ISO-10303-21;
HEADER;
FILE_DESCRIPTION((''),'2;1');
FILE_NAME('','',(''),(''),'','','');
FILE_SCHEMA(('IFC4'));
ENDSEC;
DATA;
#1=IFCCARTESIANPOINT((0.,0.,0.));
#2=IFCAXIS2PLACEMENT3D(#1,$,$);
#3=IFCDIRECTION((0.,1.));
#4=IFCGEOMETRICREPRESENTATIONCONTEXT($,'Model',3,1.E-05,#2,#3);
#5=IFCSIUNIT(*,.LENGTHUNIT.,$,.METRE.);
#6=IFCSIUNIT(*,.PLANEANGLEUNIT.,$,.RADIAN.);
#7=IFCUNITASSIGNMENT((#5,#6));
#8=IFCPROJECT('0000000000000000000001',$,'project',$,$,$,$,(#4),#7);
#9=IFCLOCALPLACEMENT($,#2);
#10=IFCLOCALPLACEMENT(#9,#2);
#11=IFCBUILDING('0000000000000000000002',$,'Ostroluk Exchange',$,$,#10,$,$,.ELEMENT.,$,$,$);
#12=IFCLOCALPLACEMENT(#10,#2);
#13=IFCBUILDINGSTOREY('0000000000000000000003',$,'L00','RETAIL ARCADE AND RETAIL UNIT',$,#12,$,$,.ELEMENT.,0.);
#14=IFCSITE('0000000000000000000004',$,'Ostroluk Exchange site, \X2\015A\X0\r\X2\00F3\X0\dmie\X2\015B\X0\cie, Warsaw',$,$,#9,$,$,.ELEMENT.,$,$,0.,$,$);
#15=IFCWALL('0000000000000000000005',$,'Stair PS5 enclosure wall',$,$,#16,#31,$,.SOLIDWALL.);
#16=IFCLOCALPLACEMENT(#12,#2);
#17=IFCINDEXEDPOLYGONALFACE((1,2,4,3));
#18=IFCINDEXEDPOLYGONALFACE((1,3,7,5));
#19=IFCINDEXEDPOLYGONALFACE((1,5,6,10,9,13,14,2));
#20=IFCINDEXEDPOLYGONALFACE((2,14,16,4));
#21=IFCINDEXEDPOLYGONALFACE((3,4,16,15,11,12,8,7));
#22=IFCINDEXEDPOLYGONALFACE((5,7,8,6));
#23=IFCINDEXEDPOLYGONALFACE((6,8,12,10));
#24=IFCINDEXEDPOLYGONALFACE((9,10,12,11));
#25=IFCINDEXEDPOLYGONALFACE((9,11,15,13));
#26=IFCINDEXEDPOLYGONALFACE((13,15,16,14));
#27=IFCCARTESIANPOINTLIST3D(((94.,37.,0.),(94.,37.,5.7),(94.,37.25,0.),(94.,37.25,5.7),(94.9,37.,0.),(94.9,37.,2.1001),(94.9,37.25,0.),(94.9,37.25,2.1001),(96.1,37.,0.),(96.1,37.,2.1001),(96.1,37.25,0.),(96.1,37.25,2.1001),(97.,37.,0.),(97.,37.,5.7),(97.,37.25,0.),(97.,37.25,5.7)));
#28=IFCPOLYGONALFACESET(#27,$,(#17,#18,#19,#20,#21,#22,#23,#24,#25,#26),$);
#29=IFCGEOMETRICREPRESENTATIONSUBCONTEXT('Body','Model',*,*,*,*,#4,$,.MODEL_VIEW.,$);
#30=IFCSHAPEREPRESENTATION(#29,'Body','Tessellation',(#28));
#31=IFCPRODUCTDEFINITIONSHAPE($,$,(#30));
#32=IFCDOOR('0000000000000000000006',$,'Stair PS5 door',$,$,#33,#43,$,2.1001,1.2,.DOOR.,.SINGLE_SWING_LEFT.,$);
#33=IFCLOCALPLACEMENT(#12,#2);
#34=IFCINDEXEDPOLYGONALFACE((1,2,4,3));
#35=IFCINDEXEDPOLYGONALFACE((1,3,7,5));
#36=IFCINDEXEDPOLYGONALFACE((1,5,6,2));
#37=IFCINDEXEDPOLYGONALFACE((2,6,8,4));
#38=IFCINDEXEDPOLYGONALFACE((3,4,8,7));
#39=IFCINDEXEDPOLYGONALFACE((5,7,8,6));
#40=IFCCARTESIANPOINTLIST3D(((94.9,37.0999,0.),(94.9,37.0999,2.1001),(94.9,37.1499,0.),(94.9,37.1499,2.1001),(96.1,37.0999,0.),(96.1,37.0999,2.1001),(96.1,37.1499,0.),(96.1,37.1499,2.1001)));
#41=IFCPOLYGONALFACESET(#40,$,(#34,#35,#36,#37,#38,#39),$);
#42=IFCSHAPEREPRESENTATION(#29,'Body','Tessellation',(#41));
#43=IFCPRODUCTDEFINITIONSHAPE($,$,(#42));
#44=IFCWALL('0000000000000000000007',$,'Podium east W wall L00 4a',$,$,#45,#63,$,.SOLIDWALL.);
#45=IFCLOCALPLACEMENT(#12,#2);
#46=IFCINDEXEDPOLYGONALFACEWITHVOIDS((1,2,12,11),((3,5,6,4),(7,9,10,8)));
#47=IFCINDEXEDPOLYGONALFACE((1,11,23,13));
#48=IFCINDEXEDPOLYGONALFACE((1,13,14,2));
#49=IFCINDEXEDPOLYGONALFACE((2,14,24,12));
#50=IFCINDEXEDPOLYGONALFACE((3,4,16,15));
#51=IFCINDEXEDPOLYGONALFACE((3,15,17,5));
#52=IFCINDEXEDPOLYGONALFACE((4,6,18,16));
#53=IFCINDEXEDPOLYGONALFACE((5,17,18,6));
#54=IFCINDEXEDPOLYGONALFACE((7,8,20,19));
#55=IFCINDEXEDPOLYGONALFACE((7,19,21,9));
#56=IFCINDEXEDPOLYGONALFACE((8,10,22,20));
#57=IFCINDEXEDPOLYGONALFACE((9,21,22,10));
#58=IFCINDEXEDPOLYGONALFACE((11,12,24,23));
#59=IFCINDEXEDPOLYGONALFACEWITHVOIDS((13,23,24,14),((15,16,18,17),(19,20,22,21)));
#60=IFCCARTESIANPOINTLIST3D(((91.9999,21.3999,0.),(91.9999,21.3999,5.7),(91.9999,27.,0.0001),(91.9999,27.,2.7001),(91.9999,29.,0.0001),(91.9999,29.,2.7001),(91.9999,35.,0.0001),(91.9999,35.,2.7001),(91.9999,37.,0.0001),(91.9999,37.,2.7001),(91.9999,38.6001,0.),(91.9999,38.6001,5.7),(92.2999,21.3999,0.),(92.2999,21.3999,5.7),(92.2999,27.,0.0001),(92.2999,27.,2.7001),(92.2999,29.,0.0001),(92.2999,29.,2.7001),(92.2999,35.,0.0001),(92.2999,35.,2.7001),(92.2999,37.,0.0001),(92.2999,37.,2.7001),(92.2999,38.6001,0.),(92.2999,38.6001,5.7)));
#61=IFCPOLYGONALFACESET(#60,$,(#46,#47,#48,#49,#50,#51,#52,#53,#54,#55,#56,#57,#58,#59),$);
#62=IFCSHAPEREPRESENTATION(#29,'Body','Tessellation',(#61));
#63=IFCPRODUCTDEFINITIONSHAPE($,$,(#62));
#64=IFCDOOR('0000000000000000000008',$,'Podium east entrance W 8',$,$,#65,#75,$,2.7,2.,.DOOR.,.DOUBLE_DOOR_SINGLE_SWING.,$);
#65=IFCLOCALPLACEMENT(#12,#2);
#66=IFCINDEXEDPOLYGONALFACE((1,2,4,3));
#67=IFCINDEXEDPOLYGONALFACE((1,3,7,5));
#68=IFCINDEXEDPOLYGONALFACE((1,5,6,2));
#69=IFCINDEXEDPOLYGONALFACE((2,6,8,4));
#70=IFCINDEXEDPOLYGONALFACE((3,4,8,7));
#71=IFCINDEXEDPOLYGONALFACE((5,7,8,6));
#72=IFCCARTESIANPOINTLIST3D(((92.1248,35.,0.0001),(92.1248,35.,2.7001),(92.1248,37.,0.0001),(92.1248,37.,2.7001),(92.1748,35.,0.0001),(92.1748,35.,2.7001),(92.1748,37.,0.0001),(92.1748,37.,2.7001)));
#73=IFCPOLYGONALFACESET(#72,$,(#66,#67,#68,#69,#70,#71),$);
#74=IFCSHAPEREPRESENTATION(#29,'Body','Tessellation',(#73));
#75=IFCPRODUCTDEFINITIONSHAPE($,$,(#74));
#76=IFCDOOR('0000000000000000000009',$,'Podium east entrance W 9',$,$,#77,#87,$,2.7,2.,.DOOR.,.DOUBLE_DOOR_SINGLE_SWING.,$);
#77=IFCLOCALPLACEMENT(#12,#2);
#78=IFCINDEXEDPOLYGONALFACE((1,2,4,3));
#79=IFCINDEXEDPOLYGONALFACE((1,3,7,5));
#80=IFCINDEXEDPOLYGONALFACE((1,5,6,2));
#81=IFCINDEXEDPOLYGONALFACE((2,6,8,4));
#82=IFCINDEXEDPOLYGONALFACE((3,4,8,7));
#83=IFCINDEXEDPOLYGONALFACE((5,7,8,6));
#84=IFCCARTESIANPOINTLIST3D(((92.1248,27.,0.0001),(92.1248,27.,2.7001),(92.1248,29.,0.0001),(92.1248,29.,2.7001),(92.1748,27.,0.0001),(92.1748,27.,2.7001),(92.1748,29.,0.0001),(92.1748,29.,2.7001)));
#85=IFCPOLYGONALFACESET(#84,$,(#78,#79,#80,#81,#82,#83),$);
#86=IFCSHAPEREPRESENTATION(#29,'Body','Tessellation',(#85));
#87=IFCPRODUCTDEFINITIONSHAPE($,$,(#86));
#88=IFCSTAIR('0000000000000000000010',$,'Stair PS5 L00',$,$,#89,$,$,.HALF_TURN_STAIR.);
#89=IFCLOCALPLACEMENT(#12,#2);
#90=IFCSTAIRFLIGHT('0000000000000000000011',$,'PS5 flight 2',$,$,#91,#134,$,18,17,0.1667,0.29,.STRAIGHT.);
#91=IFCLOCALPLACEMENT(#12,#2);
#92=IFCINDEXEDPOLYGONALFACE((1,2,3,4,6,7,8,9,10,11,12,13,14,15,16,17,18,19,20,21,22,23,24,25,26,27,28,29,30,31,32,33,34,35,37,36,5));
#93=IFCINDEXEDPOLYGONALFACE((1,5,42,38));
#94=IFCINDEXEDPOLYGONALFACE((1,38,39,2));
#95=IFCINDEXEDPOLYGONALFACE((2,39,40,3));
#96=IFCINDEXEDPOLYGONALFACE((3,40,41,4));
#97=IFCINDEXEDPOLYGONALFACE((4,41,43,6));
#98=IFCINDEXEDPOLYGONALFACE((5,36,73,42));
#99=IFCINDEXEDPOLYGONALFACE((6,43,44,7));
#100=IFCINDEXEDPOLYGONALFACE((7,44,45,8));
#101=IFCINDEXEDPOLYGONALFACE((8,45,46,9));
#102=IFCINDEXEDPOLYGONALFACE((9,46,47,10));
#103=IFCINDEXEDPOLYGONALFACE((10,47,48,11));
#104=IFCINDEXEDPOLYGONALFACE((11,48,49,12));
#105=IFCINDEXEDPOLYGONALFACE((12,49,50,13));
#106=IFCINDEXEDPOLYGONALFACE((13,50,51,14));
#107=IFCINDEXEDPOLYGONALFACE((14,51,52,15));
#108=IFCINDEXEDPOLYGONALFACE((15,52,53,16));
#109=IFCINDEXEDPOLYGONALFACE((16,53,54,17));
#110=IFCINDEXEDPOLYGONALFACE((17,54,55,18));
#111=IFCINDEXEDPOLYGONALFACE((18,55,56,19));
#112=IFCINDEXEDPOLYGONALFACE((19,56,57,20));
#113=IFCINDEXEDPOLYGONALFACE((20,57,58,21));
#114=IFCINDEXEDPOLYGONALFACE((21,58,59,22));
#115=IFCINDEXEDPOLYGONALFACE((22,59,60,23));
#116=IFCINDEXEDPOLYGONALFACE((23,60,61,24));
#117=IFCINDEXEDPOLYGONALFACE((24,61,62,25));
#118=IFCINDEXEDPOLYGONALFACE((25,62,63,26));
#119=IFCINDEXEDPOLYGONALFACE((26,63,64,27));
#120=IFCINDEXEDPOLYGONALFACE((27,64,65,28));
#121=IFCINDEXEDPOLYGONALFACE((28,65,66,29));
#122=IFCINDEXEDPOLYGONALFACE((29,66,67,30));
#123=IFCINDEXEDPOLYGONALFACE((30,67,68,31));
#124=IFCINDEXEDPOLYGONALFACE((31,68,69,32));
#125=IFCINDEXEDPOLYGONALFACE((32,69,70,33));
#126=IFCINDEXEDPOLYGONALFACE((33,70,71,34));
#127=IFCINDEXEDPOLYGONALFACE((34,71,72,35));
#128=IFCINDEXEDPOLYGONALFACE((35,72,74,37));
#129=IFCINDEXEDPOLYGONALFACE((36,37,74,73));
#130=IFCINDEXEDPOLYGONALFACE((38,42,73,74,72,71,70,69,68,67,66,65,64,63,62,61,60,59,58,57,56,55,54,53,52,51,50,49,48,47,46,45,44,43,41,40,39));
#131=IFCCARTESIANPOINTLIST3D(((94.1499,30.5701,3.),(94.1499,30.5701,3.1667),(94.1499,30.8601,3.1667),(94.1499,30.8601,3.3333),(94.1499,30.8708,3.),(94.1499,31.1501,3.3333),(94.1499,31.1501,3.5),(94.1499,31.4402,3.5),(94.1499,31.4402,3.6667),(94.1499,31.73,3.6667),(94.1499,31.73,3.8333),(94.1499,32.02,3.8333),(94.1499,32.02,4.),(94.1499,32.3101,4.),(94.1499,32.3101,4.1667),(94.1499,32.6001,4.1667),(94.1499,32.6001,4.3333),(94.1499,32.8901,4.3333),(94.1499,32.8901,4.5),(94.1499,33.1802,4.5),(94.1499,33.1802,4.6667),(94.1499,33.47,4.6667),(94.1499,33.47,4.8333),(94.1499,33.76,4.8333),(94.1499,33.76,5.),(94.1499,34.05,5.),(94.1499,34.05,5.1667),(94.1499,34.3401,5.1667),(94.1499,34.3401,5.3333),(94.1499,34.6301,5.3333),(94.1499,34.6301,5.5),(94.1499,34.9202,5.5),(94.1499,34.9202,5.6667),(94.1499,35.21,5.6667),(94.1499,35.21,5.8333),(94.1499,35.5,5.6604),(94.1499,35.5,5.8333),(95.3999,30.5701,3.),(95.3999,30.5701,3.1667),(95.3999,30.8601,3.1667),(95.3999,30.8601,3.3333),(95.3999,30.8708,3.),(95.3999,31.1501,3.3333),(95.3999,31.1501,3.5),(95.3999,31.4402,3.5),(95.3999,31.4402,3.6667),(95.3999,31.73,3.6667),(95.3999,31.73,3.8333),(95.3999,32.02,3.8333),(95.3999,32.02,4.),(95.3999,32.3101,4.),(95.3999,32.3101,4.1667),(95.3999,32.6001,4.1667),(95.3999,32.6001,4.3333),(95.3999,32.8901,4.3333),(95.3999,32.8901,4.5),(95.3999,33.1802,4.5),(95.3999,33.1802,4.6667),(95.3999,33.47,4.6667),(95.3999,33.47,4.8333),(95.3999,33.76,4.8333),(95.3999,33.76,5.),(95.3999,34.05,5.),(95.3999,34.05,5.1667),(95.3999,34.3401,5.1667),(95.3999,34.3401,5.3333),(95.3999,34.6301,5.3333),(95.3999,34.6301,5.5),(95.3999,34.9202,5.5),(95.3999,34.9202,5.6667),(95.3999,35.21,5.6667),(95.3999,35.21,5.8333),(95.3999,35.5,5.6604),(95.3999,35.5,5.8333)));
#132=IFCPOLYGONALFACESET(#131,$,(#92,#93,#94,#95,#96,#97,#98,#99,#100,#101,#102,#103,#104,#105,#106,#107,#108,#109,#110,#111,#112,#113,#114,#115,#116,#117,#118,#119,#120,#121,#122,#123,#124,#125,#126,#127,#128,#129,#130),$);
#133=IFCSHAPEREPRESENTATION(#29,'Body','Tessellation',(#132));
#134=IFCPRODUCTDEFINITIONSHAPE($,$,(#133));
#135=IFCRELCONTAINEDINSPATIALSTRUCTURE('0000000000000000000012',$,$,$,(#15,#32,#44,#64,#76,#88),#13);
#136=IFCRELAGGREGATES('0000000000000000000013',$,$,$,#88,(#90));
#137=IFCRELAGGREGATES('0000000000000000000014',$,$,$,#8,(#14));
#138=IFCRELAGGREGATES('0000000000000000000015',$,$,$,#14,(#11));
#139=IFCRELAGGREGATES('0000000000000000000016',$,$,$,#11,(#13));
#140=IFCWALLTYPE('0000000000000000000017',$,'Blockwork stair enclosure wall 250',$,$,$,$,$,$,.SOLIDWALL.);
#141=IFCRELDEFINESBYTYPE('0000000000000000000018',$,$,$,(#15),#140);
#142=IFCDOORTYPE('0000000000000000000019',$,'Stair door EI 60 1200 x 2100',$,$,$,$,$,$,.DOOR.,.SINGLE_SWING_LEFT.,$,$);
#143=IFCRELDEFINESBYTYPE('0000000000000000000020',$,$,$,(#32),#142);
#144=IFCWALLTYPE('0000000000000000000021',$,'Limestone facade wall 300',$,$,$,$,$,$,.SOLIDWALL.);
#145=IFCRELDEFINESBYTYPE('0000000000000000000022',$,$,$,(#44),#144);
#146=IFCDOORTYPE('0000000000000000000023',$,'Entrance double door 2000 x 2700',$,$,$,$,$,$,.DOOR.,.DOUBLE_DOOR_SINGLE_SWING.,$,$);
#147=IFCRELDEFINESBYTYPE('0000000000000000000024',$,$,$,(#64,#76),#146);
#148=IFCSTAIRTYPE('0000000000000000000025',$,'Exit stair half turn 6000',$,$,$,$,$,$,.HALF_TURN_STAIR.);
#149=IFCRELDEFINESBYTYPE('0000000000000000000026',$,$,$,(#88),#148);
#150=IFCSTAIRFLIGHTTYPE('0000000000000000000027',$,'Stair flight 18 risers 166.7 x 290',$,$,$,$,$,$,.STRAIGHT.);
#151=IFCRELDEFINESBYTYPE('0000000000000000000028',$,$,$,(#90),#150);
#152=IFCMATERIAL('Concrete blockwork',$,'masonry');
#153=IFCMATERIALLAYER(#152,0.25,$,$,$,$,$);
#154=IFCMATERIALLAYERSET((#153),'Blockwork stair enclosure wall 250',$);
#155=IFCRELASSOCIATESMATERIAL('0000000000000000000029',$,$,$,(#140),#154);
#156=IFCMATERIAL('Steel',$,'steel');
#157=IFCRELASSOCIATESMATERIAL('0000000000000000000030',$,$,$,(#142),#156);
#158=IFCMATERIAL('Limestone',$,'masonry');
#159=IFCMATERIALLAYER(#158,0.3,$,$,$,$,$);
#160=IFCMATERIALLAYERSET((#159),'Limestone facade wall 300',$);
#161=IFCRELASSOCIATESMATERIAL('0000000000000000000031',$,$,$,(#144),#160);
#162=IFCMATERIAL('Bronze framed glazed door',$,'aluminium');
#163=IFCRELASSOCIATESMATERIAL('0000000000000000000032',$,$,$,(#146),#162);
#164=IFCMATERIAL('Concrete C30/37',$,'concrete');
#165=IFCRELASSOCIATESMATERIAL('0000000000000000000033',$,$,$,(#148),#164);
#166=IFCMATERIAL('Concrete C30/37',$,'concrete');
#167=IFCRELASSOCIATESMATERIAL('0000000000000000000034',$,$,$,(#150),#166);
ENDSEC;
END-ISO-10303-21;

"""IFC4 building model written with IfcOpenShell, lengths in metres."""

from ifc_helpers import new_model, si_unit, direction, frame, frame_2d, origin, place, context, subcontext, project, spatial, polyline, rectangle, outline, extrude, material, layer, layer_set, type_object, element, fill, aggregate, save


model = new_model("IFC4")

# Units and contexts
model_context = context("Model", 3, precision=1e-05, world=origin(), true_north=direction((0.0, 1.0)))
body_context = subcontext(model_context, "Body", "Model", "MODEL_VIEW")
ifc_project = project(units=[si_unit("LENGTHUNIT", "METRE"), si_unit("PLANEANGLEUNIT", "RADIAN")], contexts=[model_context])

# Site, building, storey
site_placement = place(None, origin())
site = spatial("IfcSite", under=ifc_project, at=site_placement, Name="Ostroluk Exchange site, Śródmieście, Warsaw", CompositionType="ELEMENT", RefElevation=0.0)
building_placement = place(site_placement, origin())
building = spatial("IfcBuilding", under=site, at=building_placement, Name="Ostroluk Exchange", CompositionType="ELEMENT")
storey_placement = place(building_placement, origin())
storey = spatial("IfcBuildingStorey", under=building, at=storey_placement, Name="L00", Description="RETAIL ARCADE AND RETAIL UNIT", CompositionType="ELEMENT", Elevation=0.0)

# Shared definitions
ifc_material_1 = material(Name="Concrete blockwork", Category="masonry")
ifc_layer_1 = layer(ifc_material_1, 0.25)
ifc_layer_set_1 = layer_set([ifc_layer_1], Name="Blockwork stair enclosure wall 250")
wall_type_1 = type_object("IfcWallType", Name="Blockwork stair enclosure wall 250", PredefinedType="SOLIDWALL", material=ifc_layer_set_1)

# Wall, opening, door
wall_1_placement = place(storey_placement, frame((94.0, 37.125, 0.0), z_axis=(0.0, 0.0, 1.0), x_axis=(1.0, 0.0, 0.0)))
wall_1 = element("IfcWall", 1, at=wall_1_placement, inside=storey, type_object=wall_type_1, Name="Stair PS5 enclosure wall", PredefinedType="SOLIDWALL", context=body_context, shape_type="SweptSolid", body=[
    extrude(rectangle(XDim=3.0, YDim=0.25, at=frame_2d((1.5, 0.0))), origin(), (0.0, 0.0, 1.0), 5.7),
])
opening_1_placement = place(wall_1_placement, frame((0.8999, 0.0, 0.0)))
opening_1 = element("IfcOpeningElement", 2, at=opening_1_placement, cuts=wall_1, PredefinedType="OPENING", context=body_context, shape_type="SweptSolid", body=[
    extrude(rectangle(XDim=1.2, YDim=2.1001, at=frame_2d((0.6001, 1.05))), frame((0.0, 0.135, 0.0), z_axis=(0.0, -1.0, 0.0), x_axis=(1.0, 0.0, 0.0)), (0.0, 0.0, 1.0), 0.27),
])
ifc_material_2 = material(Name="Steel", Category="steel")
door_type_1 = type_object("IfcDoorType", Name="Stair door EI 60 1200 x 2100", OperationType="SINGLE_SWING_LEFT", PredefinedType="DOOR", material=ifc_material_2)
door_1_placement = place(opening_1_placement, origin())
door_1 = element("IfcDoor", 3, at=door_1_placement, inside=storey, type_object=door_type_1, Name="Stair PS5 door", OperationType="SINGLE_SWING_LEFT", OverallHeight=2.1001, OverallWidth=1.2, PredefinedType="DOOR", context=body_context, shape_type="SweptSolid", body=[
    extrude(rectangle(XDim=1.2, YDim=2.1001, at=frame_2d((0.6001, 1.05))), frame((0.0, 0.0249, 0.0), z_axis=(0.0, -1.0, 0.0), x_axis=(1.0, 0.0, 0.0)), (0.0, 0.0, 1.0), 0.05),
])
fill(opening_1, door_1)

# Wall, openings, doors
ifc_material_3 = material(Name="Limestone", Category="masonry")
ifc_layer_2 = layer(ifc_material_3, 0.3)
ifc_layer_set_2 = layer_set([ifc_layer_2], Name="Limestone facade wall 300")
wall_type_2 = type_object("IfcWallType", Name="Limestone facade wall 300", PredefinedType="SOLIDWALL", material=ifc_layer_set_2)
wall_2_placement = place(storey_placement, frame((92.1499, 38.6001, 0.0), z_axis=(0.0, 0.0, 1.0), x_axis=(0.0, -1.0, 0.0)))
wall_2 = element("IfcWall", 4, at=wall_2_placement, inside=storey, type_object=wall_type_2, Name="Podium east W wall L00 4a", PredefinedType="SOLIDWALL", context=body_context, shape_type="SweptSolid", body=[
    extrude(rectangle(XDim=17.2002, YDim=0.3, at=frame_2d((8.6001, 0.0))), origin(), (0.0, 0.0, 1.0), 5.7),
])
opening_2_placement = place(wall_2_placement, frame((1.6001, 0.0, 0.0)))
opening_2 = element("IfcOpeningElement", 5, at=opening_2_placement, cuts=wall_2, PredefinedType="OPENING", context=body_context, shape_type="SweptSolid", body=[
    extrude(rectangle(XDim=2.0, YDim=2.7, at=frame_2d((1.0, 1.3501))), frame((0.0, 0.1599, 0.0), z_axis=(0.0, -1.0, 0.0), x_axis=(1.0, 0.0, 0.0)), (0.0, 0.0, 1.0), 0.3201),
])
opening_3_placement = place(wall_2_placement, frame((9.6001, 0.0, 0.0)))
opening_3 = element("IfcOpeningElement", 6, at=opening_3_placement, cuts=wall_2, PredefinedType="OPENING", context=body_context, shape_type="SweptSolid", body=[
    extrude(rectangle(XDim=2.0, YDim=2.7, at=frame_2d((1.0, 1.3501))), frame((0.0, 0.1599, 0.0), z_axis=(0.0, -1.0, 0.0), x_axis=(1.0, 0.0, 0.0)), (0.0, 0.0, 1.0), 0.3201),
])
ifc_material_4 = material(Name="Bronze framed glazed door", Category="aluminium")
door_type_2 = type_object("IfcDoorType", Name="Entrance double door 2000 x 2700", OperationType="DOUBLE_DOOR_SINGLE_SWING", PredefinedType="DOOR", material=ifc_material_4)
door_2_placement = place(opening_2_placement, origin())
door_2 = element("IfcDoor", 7, at=door_2_placement, inside=storey, type_object=door_type_2, Name="Podium east entrance W 8", OperationType="DOUBLE_DOOR_SINGLE_SWING", OverallHeight=2.7, OverallWidth=2.0, PredefinedType="DOOR", context=body_context, shape_type="SweptSolid", body=[
    extrude(rectangle(XDim=2.0, YDim=2.7, at=frame_2d((1.0, 1.3501))), frame((0.0, 0.0249, 0.0), z_axis=(0.0, -1.0, 0.0), x_axis=(1.0, 0.0, 0.0)), (0.0, 0.0, 1.0), 0.05),
])
fill(opening_2, door_2)
door_3_placement = place(opening_3_placement, origin())
door_3 = element("IfcDoor", 8, at=door_3_placement, inside=storey, type_object=door_type_2, Name="Podium east entrance W 9", OperationType="DOUBLE_DOOR_SINGLE_SWING", OverallHeight=2.7, OverallWidth=2.0, PredefinedType="DOOR", context=body_context, shape_type="SweptSolid", body=[
    extrude(rectangle(XDim=2.0, YDim=2.7, at=frame_2d((1.0, 1.3501))), frame((0.0, 0.0249, 0.0), z_axis=(0.0, -1.0, 0.0), x_axis=(1.0, 0.0, 0.0)), (0.0, 0.0, 1.0), 0.05),
])
fill(opening_3, door_3)

# Stair, stair flight
ifc_material_5 = material(Name="Concrete C30/37", Category="concrete")
stair_type = type_object("IfcStairType", Name="Exit stair half turn 6000", PredefinedType="HALF_TURN_STAIR", material=ifc_material_5)
stair_placement = place(storey_placement, origin())
stair = element("IfcStair", 9, at=stair_placement, inside=storey, type_object=stair_type, Name="Stair PS5 L00", PredefinedType="HALF_TURN_STAIR")
ifc_material_6 = material(Name="Concrete C30/37", Category="concrete")
stair_flight_type = type_object("IfcStairFlightType", Name="Stair flight 18 risers 166.7 x 290", PredefinedType="STRAIGHT", material=ifc_material_6)
stair_flight_placement = place(storey_placement, frame((94.7749, 30.5701, 3.0), z_axis=(0.0, 0.0, 1.0), x_axis=(0.0, 1.0, 0.0)))
stair_flight = element("IfcStairFlight", 10, at=stair_flight_placement, type_object=stair_flight_type, Name="PS5 flight 2", NumberOfRisers=18, NumberOfTreads=17, PredefinedType="STRAIGHT", RiserHeight=0.1667, TreadLength=0.29, context=body_context, shape_type="SweptSolid", body=[
    extrude(outline(polyline([(0.0, 0.0), (0.0, 0.1667), (0.29, 0.1667), (0.29, 0.3333), (0.5801, 0.3333), (0.5801, 0.5), (0.8701, 0.5), (0.8701, 0.6667), (1.1599, 0.6667), (1.1599, 0.8333), (1.45, 0.8333), (1.45, 1.0), (1.74, 1.0), (1.74, 1.1667), (2.03, 1.1667), (2.03, 1.3333), (2.3201, 1.3333), (2.3201, 1.5), (2.6101, 1.5), (2.6101, 1.6667), (2.8999, 1.6667), (2.8999, 1.8333), (3.1899, 1.8333), (3.1899, 2.0), (3.48, 2.0), (3.48, 2.1667), (3.77, 2.1667), (3.77, 2.3333), (4.0601, 2.3333), (4.0601, 2.5), (4.3501, 2.5), (4.3501, 2.6667), (4.6399, 2.6667), (4.6399, 2.8333), (4.9299, 2.8333), (4.9299, 3.0), (4.9299, 2.6604), (0.3008, 0.0), (0.0, 0.0)])), frame((0.0, 0.625, 0.0), z_axis=(0.0, -1.0, 0.0), x_axis=(1.0, 0.0, 0.0)), (0.0, 0.0, 1.0), 1.25),
])
aggregate(stair, [stair_flight])

save(model, "model.ifc")
